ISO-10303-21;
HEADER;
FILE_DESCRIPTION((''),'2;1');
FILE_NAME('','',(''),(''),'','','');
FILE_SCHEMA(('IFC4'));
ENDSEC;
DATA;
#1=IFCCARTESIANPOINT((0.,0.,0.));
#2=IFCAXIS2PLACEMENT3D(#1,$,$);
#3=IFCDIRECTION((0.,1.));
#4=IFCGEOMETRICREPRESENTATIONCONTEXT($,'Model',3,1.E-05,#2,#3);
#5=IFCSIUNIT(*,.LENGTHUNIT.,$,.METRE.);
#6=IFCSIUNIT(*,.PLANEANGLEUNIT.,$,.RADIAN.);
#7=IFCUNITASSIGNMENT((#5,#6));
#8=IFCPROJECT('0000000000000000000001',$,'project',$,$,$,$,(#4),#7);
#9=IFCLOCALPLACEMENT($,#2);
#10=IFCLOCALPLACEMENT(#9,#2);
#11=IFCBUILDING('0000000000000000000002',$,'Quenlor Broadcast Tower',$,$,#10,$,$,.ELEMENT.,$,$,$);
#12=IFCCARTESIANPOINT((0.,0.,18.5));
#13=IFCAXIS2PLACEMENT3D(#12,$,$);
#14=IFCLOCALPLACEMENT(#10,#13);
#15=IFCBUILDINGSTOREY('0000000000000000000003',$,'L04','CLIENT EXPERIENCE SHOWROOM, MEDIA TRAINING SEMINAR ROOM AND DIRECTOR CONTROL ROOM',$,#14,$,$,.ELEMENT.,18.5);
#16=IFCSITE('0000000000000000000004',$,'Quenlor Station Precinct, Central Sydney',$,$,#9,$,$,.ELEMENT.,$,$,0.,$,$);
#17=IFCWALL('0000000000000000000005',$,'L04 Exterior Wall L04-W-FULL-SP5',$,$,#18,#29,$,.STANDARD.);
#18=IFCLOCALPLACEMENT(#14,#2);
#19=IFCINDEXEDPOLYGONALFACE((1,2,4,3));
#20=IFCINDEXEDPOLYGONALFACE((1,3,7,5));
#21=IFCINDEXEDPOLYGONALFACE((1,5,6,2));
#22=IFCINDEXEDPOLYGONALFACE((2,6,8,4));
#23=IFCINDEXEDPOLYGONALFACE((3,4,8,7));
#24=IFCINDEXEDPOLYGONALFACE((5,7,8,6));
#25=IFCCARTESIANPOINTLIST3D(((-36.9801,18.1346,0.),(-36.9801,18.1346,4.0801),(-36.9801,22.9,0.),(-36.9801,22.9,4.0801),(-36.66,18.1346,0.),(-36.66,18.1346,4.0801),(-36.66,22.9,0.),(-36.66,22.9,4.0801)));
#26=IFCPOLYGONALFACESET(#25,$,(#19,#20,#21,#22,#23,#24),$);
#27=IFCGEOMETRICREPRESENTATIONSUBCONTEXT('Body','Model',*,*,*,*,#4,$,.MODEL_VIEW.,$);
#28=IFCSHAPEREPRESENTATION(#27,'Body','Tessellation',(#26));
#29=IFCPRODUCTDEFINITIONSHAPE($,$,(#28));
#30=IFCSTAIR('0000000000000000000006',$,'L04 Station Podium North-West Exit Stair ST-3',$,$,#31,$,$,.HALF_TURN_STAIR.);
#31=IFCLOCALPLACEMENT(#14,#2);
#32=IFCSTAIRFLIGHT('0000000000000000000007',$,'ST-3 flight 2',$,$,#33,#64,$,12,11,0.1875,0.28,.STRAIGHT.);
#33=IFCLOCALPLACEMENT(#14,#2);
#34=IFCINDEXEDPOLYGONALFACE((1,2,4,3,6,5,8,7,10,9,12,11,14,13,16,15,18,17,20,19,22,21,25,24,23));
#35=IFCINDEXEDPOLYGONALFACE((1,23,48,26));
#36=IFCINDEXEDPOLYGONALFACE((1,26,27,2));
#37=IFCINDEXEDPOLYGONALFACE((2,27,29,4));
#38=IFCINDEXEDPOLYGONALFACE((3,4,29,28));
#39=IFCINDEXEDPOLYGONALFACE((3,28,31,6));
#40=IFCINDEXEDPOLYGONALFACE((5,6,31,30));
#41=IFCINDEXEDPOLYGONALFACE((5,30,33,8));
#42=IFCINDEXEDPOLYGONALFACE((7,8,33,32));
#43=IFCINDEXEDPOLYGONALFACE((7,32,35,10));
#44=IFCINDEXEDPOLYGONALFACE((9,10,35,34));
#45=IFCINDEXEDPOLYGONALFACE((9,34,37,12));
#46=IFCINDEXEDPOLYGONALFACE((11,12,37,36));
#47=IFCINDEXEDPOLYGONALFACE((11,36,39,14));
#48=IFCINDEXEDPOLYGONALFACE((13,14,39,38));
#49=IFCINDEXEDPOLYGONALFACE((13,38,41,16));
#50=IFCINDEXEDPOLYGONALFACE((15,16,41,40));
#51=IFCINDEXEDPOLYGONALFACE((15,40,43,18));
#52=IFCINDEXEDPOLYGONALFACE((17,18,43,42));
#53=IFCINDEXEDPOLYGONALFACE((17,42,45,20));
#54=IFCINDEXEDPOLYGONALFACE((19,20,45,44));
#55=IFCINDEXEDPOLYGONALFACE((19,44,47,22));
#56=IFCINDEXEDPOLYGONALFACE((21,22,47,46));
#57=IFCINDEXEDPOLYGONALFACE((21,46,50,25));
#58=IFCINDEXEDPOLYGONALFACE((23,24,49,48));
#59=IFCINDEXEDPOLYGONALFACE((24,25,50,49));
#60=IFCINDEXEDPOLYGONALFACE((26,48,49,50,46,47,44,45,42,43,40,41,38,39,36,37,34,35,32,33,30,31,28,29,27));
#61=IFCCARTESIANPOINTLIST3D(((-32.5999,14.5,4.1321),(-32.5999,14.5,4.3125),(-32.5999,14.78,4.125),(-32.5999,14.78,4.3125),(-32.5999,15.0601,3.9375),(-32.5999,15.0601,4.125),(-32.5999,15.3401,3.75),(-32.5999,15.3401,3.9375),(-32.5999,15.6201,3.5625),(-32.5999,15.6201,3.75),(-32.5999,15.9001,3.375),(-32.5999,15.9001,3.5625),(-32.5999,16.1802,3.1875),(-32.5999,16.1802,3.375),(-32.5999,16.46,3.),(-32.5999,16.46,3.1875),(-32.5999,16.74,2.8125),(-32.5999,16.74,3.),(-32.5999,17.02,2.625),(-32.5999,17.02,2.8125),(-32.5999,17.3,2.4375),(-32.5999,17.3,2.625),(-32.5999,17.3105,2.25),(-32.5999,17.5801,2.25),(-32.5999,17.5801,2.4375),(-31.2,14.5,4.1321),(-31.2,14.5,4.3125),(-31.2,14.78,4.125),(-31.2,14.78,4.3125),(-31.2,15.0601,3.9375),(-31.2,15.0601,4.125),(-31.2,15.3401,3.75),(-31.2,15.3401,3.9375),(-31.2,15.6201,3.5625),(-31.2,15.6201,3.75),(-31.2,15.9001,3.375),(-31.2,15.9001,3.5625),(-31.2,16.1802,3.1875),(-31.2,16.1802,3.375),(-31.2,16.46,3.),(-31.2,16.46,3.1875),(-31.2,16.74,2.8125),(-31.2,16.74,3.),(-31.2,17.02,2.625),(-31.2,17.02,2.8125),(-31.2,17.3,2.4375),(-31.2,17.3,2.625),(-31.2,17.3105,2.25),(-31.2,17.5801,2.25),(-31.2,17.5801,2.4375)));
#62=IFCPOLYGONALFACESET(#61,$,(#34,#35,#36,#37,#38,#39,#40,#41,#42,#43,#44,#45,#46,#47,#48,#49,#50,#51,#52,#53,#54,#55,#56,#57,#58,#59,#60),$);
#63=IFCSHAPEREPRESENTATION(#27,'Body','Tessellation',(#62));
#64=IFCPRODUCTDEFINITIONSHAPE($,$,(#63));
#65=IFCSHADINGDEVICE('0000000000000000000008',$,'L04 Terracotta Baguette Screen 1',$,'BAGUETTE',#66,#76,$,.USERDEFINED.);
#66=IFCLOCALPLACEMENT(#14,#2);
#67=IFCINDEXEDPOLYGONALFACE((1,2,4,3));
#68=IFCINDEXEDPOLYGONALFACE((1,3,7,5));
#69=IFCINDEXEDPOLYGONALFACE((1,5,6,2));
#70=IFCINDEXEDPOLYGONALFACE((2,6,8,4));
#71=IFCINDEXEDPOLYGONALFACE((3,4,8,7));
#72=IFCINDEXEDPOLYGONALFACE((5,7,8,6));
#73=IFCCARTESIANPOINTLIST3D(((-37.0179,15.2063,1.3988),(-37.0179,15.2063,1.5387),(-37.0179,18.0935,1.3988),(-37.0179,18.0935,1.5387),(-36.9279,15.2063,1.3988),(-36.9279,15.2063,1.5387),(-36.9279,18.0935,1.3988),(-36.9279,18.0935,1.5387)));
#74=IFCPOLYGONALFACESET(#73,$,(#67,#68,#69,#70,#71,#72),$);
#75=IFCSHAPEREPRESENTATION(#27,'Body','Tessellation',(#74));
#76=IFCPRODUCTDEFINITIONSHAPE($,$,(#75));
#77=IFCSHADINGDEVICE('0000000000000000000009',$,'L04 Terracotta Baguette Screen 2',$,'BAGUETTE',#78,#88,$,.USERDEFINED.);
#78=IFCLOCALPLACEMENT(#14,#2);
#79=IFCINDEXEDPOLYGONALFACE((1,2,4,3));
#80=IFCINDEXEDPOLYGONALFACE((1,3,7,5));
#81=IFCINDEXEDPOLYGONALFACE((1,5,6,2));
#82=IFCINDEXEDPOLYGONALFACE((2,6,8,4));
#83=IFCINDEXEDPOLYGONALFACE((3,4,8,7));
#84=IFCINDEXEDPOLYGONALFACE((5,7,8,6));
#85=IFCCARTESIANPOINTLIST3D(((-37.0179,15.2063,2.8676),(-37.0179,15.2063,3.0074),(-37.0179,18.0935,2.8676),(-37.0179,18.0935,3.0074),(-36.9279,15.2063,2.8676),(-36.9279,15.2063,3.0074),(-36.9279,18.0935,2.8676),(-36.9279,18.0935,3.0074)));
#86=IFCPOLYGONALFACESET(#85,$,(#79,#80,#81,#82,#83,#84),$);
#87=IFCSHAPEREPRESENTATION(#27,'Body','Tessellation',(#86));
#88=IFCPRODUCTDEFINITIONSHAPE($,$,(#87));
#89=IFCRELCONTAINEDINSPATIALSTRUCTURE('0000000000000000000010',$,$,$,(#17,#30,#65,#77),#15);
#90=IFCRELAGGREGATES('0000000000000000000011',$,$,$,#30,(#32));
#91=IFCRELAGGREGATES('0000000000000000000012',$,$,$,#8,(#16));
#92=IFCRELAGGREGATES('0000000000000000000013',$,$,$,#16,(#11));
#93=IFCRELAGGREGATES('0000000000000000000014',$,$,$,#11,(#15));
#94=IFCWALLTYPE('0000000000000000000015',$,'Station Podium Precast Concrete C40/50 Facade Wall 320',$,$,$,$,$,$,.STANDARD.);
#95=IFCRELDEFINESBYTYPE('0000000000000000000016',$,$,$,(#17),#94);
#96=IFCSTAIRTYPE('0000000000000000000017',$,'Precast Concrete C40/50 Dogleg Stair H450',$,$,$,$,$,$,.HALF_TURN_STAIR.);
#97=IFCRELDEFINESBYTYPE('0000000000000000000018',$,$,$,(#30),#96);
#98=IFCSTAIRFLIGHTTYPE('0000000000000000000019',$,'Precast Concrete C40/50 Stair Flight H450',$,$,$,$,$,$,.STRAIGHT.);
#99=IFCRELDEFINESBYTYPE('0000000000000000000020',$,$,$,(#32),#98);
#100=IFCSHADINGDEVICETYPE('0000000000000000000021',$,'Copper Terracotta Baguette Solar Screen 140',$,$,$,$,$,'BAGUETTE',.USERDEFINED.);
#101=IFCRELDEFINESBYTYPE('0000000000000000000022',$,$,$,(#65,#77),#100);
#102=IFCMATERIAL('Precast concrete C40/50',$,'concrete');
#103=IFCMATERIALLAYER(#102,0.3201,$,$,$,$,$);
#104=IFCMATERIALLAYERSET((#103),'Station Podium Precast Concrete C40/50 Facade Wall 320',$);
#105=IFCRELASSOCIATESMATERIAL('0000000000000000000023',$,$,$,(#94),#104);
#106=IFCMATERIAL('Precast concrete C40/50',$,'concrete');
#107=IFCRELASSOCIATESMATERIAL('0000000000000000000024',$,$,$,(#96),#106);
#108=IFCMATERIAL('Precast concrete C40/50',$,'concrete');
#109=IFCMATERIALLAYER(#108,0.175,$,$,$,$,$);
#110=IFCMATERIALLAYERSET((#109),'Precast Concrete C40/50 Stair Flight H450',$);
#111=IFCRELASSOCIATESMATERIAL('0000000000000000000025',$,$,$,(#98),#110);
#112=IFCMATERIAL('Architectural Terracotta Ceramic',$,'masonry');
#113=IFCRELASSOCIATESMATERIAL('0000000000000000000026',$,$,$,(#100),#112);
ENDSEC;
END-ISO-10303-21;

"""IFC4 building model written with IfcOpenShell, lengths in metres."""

from ifc_helpers import new_model, si_unit, direction, frame, frame_2d, origin, origin_2d, place, context, subcontext, project, spatial, polyline, rectangle, outline, extrude, material, layer, layer_set, material_profile, profile_set, type_object, element, aggregate, save


model = new_model("IFC4")

# Units and contexts
model_context = context("Model", 3, precision=1e-05, world=origin(), true_north=direction((0.0, 1.0)))
body_context = subcontext(model_context, "Body", "Model", "MODEL_VIEW")
ifc_project = project(units=[si_unit("LENGTHUNIT", "METRE"), si_unit("PLANEANGLEUNIT", "RADIAN")], contexts=[model_context])

# Site, building, storey
site_placement = place(None, origin())
site = spatial("IfcSite", under=ifc_project, at=site_placement, Name="Quenlor Station Precinct, Central Sydney", CompositionType="ELEMENT", RefElevation=0.0)
building_placement = place(site_placement, origin())
building = spatial("IfcBuilding", under=site, at=building_placement, Name="Quenlor Broadcast Tower", CompositionType="ELEMENT")
storey_placement = place(building_placement, frame((0.0, 0.0, 18.5)))
storey = spatial("IfcBuildingStorey", under=building, at=storey_placement, Name="L04", Description="CLIENT EXPERIENCE SHOWROOM, MEDIA TRAINING SEMINAR ROOM AND DIRECTOR CONTROL ROOM", CompositionType="ELEMENT", Elevation=18.5)

# Wall
ifc_material_1 = material(Name="Precast concrete C40/50", Category="concrete")
ifc_layer_1 = layer(ifc_material_1, 0.3201)
ifc_layer_set_1 = layer_set([ifc_layer_1], Name="Station Podium Precast Concrete C40/50 Facade Wall 320")
wall_type = type_object("IfcWallType", Name="Station Podium Precast Concrete C40/50 Facade Wall 320", PredefinedType="STANDARD", material=ifc_layer_set_1)
wall_placement = place(storey_placement, frame((-36.8201, 18.1345, 0.0), z_axis=(0.0, 0.0, 1.0), x_axis=(0.0, 1.0, 0.0)))
element("IfcWall", 1, at=wall_placement, inside=storey, type_object=wall_type, Name="L04 Exterior Wall L04-W-FULL-SP5", PredefinedType="STANDARD", context=body_context, shape_type="SweptSolid", body=[
    extrude(rectangle(XDim=4.7654, YDim=0.3201, at=frame_2d((2.3828, 0.0))), origin(), (0.0, 0.0, 1.0), 4.0801),
])

# Stair, stair flight
ifc_material_2 = material(Name="Precast concrete C40/50", Category="concrete")
stair_type = type_object("IfcStairType", Name="Precast Concrete C40/50 Dogleg Stair H450", PredefinedType="HALF_TURN_STAIR", material=ifc_material_2)
stair_placement = place(storey_placement, origin())
stair = element("IfcStair", 2, at=stair_placement, inside=storey, type_object=stair_type, Name="L04 Station Podium North-West Exit Stair ST-3", PredefinedType="HALF_TURN_STAIR")
ifc_material_3 = material(Name="Precast concrete C40/50", Category="concrete")
ifc_layer_2 = layer(ifc_material_3, 0.175)
ifc_layer_set_2 = layer_set([ifc_layer_2], Name="Precast Concrete C40/50 Stair Flight H450")
stair_flight_type = type_object("IfcStairFlightType", Name="Precast Concrete C40/50 Stair Flight H450", PredefinedType="STRAIGHT", material=ifc_layer_set_2)
stair_flight_placement = place(storey_placement, frame((-31.8999, 17.5801, 2.25), z_axis=(0.0, 0.0, 1.0), x_axis=(0.0, -1.0, 0.0)))
stair_flight = element("IfcStairFlight", 3, at=stair_flight_placement, type_object=stair_flight_type, Name="ST-3 flight 2", NumberOfRisers=12, NumberOfTreads=11, PredefinedType="STRAIGHT", RiserHeight=0.1875, TreadLength=0.28, context=body_context, shape_type="SweptSolid", body=[
    extrude(outline(polyline([(0.0, 0.0), (0.0, 0.1875), (0.28, 0.1875), (0.28, 0.375), (0.5601, 0.375), (0.5601, 0.5625), (0.8401, 0.5625), (0.8401, 0.75), (1.1201, 0.75), (1.1201, 0.9375), (1.3999, 0.9375), (1.3999, 1.125), (1.6799, 1.125), (1.6799, 1.3125), (1.96, 1.3125), (1.96, 1.5), (2.24, 1.5), (2.24, 1.6875), (2.52, 1.6875), (2.52, 1.875), (2.8, 1.875), (2.8, 2.0625), (3.0801, 2.0625), (3.0801, 2.25), (3.0801, 1.8821), (0.2695, 0.0), (0.0, 0.0)])), frame((0.0, 0.7, 0.0), z_axis=(0.0, -1.0, 0.0), x_axis=(1.0, 0.0, 0.0)), (0.0, 0.0, 1.0), 1.3999),
])
aggregate(stair, [stair_flight])

# Shading devices
ifc_material_4 = material(Name="Architectural Terracotta Ceramic", Category="masonry")
ifc_material_profile_1 = material_profile(ifc_material_4, rectangle(XDim=0.0901, YDim=0.1399, at=origin_2d()))
ifc_profile_set_1 = profile_set([ifc_material_profile_1], Name="Architectural Terracotta Ceramic BAG90x140")
shading_device_type = type_object("IfcShadingDeviceType", Name="Copper Terracotta Baguette Solar Screen 140", ElementType="BAGUETTE", PredefinedType="USERDEFINED", material=ifc_profile_set_1)
for number, where, z_axis, x_axis, name in (
    (4, (-36.9729, 15.2063, 1.4688), (0.0, 1.0, 0.0), (-1.0, 0.0, 0.0), "L04 Terracotta Baguette Screen 1"),
    (5, (-36.9729, 15.2063, 2.9375), (0.0, 1.0, 0.0), (-1.0, 0.0, 0.0), "L04 Terracotta Baguette Screen 2"),
):
    element("IfcShadingDevice", number, at=place(storey_placement, frame(where, z_axis=z_axis, x_axis=x_axis)), inside=storey, type_object=shading_device_type, Name=name, ObjectType="BAGUETTE", PredefinedType="USERDEFINED", context=body_context, shape_type="SweptSolid", body=[
        extrude(rectangle(XDim=0.0901, YDim=0.1399, at=origin_2d()), origin(), (0.0, 0.0, 1.0), 2.8872),
    ])

save(model, "model.ifc")
